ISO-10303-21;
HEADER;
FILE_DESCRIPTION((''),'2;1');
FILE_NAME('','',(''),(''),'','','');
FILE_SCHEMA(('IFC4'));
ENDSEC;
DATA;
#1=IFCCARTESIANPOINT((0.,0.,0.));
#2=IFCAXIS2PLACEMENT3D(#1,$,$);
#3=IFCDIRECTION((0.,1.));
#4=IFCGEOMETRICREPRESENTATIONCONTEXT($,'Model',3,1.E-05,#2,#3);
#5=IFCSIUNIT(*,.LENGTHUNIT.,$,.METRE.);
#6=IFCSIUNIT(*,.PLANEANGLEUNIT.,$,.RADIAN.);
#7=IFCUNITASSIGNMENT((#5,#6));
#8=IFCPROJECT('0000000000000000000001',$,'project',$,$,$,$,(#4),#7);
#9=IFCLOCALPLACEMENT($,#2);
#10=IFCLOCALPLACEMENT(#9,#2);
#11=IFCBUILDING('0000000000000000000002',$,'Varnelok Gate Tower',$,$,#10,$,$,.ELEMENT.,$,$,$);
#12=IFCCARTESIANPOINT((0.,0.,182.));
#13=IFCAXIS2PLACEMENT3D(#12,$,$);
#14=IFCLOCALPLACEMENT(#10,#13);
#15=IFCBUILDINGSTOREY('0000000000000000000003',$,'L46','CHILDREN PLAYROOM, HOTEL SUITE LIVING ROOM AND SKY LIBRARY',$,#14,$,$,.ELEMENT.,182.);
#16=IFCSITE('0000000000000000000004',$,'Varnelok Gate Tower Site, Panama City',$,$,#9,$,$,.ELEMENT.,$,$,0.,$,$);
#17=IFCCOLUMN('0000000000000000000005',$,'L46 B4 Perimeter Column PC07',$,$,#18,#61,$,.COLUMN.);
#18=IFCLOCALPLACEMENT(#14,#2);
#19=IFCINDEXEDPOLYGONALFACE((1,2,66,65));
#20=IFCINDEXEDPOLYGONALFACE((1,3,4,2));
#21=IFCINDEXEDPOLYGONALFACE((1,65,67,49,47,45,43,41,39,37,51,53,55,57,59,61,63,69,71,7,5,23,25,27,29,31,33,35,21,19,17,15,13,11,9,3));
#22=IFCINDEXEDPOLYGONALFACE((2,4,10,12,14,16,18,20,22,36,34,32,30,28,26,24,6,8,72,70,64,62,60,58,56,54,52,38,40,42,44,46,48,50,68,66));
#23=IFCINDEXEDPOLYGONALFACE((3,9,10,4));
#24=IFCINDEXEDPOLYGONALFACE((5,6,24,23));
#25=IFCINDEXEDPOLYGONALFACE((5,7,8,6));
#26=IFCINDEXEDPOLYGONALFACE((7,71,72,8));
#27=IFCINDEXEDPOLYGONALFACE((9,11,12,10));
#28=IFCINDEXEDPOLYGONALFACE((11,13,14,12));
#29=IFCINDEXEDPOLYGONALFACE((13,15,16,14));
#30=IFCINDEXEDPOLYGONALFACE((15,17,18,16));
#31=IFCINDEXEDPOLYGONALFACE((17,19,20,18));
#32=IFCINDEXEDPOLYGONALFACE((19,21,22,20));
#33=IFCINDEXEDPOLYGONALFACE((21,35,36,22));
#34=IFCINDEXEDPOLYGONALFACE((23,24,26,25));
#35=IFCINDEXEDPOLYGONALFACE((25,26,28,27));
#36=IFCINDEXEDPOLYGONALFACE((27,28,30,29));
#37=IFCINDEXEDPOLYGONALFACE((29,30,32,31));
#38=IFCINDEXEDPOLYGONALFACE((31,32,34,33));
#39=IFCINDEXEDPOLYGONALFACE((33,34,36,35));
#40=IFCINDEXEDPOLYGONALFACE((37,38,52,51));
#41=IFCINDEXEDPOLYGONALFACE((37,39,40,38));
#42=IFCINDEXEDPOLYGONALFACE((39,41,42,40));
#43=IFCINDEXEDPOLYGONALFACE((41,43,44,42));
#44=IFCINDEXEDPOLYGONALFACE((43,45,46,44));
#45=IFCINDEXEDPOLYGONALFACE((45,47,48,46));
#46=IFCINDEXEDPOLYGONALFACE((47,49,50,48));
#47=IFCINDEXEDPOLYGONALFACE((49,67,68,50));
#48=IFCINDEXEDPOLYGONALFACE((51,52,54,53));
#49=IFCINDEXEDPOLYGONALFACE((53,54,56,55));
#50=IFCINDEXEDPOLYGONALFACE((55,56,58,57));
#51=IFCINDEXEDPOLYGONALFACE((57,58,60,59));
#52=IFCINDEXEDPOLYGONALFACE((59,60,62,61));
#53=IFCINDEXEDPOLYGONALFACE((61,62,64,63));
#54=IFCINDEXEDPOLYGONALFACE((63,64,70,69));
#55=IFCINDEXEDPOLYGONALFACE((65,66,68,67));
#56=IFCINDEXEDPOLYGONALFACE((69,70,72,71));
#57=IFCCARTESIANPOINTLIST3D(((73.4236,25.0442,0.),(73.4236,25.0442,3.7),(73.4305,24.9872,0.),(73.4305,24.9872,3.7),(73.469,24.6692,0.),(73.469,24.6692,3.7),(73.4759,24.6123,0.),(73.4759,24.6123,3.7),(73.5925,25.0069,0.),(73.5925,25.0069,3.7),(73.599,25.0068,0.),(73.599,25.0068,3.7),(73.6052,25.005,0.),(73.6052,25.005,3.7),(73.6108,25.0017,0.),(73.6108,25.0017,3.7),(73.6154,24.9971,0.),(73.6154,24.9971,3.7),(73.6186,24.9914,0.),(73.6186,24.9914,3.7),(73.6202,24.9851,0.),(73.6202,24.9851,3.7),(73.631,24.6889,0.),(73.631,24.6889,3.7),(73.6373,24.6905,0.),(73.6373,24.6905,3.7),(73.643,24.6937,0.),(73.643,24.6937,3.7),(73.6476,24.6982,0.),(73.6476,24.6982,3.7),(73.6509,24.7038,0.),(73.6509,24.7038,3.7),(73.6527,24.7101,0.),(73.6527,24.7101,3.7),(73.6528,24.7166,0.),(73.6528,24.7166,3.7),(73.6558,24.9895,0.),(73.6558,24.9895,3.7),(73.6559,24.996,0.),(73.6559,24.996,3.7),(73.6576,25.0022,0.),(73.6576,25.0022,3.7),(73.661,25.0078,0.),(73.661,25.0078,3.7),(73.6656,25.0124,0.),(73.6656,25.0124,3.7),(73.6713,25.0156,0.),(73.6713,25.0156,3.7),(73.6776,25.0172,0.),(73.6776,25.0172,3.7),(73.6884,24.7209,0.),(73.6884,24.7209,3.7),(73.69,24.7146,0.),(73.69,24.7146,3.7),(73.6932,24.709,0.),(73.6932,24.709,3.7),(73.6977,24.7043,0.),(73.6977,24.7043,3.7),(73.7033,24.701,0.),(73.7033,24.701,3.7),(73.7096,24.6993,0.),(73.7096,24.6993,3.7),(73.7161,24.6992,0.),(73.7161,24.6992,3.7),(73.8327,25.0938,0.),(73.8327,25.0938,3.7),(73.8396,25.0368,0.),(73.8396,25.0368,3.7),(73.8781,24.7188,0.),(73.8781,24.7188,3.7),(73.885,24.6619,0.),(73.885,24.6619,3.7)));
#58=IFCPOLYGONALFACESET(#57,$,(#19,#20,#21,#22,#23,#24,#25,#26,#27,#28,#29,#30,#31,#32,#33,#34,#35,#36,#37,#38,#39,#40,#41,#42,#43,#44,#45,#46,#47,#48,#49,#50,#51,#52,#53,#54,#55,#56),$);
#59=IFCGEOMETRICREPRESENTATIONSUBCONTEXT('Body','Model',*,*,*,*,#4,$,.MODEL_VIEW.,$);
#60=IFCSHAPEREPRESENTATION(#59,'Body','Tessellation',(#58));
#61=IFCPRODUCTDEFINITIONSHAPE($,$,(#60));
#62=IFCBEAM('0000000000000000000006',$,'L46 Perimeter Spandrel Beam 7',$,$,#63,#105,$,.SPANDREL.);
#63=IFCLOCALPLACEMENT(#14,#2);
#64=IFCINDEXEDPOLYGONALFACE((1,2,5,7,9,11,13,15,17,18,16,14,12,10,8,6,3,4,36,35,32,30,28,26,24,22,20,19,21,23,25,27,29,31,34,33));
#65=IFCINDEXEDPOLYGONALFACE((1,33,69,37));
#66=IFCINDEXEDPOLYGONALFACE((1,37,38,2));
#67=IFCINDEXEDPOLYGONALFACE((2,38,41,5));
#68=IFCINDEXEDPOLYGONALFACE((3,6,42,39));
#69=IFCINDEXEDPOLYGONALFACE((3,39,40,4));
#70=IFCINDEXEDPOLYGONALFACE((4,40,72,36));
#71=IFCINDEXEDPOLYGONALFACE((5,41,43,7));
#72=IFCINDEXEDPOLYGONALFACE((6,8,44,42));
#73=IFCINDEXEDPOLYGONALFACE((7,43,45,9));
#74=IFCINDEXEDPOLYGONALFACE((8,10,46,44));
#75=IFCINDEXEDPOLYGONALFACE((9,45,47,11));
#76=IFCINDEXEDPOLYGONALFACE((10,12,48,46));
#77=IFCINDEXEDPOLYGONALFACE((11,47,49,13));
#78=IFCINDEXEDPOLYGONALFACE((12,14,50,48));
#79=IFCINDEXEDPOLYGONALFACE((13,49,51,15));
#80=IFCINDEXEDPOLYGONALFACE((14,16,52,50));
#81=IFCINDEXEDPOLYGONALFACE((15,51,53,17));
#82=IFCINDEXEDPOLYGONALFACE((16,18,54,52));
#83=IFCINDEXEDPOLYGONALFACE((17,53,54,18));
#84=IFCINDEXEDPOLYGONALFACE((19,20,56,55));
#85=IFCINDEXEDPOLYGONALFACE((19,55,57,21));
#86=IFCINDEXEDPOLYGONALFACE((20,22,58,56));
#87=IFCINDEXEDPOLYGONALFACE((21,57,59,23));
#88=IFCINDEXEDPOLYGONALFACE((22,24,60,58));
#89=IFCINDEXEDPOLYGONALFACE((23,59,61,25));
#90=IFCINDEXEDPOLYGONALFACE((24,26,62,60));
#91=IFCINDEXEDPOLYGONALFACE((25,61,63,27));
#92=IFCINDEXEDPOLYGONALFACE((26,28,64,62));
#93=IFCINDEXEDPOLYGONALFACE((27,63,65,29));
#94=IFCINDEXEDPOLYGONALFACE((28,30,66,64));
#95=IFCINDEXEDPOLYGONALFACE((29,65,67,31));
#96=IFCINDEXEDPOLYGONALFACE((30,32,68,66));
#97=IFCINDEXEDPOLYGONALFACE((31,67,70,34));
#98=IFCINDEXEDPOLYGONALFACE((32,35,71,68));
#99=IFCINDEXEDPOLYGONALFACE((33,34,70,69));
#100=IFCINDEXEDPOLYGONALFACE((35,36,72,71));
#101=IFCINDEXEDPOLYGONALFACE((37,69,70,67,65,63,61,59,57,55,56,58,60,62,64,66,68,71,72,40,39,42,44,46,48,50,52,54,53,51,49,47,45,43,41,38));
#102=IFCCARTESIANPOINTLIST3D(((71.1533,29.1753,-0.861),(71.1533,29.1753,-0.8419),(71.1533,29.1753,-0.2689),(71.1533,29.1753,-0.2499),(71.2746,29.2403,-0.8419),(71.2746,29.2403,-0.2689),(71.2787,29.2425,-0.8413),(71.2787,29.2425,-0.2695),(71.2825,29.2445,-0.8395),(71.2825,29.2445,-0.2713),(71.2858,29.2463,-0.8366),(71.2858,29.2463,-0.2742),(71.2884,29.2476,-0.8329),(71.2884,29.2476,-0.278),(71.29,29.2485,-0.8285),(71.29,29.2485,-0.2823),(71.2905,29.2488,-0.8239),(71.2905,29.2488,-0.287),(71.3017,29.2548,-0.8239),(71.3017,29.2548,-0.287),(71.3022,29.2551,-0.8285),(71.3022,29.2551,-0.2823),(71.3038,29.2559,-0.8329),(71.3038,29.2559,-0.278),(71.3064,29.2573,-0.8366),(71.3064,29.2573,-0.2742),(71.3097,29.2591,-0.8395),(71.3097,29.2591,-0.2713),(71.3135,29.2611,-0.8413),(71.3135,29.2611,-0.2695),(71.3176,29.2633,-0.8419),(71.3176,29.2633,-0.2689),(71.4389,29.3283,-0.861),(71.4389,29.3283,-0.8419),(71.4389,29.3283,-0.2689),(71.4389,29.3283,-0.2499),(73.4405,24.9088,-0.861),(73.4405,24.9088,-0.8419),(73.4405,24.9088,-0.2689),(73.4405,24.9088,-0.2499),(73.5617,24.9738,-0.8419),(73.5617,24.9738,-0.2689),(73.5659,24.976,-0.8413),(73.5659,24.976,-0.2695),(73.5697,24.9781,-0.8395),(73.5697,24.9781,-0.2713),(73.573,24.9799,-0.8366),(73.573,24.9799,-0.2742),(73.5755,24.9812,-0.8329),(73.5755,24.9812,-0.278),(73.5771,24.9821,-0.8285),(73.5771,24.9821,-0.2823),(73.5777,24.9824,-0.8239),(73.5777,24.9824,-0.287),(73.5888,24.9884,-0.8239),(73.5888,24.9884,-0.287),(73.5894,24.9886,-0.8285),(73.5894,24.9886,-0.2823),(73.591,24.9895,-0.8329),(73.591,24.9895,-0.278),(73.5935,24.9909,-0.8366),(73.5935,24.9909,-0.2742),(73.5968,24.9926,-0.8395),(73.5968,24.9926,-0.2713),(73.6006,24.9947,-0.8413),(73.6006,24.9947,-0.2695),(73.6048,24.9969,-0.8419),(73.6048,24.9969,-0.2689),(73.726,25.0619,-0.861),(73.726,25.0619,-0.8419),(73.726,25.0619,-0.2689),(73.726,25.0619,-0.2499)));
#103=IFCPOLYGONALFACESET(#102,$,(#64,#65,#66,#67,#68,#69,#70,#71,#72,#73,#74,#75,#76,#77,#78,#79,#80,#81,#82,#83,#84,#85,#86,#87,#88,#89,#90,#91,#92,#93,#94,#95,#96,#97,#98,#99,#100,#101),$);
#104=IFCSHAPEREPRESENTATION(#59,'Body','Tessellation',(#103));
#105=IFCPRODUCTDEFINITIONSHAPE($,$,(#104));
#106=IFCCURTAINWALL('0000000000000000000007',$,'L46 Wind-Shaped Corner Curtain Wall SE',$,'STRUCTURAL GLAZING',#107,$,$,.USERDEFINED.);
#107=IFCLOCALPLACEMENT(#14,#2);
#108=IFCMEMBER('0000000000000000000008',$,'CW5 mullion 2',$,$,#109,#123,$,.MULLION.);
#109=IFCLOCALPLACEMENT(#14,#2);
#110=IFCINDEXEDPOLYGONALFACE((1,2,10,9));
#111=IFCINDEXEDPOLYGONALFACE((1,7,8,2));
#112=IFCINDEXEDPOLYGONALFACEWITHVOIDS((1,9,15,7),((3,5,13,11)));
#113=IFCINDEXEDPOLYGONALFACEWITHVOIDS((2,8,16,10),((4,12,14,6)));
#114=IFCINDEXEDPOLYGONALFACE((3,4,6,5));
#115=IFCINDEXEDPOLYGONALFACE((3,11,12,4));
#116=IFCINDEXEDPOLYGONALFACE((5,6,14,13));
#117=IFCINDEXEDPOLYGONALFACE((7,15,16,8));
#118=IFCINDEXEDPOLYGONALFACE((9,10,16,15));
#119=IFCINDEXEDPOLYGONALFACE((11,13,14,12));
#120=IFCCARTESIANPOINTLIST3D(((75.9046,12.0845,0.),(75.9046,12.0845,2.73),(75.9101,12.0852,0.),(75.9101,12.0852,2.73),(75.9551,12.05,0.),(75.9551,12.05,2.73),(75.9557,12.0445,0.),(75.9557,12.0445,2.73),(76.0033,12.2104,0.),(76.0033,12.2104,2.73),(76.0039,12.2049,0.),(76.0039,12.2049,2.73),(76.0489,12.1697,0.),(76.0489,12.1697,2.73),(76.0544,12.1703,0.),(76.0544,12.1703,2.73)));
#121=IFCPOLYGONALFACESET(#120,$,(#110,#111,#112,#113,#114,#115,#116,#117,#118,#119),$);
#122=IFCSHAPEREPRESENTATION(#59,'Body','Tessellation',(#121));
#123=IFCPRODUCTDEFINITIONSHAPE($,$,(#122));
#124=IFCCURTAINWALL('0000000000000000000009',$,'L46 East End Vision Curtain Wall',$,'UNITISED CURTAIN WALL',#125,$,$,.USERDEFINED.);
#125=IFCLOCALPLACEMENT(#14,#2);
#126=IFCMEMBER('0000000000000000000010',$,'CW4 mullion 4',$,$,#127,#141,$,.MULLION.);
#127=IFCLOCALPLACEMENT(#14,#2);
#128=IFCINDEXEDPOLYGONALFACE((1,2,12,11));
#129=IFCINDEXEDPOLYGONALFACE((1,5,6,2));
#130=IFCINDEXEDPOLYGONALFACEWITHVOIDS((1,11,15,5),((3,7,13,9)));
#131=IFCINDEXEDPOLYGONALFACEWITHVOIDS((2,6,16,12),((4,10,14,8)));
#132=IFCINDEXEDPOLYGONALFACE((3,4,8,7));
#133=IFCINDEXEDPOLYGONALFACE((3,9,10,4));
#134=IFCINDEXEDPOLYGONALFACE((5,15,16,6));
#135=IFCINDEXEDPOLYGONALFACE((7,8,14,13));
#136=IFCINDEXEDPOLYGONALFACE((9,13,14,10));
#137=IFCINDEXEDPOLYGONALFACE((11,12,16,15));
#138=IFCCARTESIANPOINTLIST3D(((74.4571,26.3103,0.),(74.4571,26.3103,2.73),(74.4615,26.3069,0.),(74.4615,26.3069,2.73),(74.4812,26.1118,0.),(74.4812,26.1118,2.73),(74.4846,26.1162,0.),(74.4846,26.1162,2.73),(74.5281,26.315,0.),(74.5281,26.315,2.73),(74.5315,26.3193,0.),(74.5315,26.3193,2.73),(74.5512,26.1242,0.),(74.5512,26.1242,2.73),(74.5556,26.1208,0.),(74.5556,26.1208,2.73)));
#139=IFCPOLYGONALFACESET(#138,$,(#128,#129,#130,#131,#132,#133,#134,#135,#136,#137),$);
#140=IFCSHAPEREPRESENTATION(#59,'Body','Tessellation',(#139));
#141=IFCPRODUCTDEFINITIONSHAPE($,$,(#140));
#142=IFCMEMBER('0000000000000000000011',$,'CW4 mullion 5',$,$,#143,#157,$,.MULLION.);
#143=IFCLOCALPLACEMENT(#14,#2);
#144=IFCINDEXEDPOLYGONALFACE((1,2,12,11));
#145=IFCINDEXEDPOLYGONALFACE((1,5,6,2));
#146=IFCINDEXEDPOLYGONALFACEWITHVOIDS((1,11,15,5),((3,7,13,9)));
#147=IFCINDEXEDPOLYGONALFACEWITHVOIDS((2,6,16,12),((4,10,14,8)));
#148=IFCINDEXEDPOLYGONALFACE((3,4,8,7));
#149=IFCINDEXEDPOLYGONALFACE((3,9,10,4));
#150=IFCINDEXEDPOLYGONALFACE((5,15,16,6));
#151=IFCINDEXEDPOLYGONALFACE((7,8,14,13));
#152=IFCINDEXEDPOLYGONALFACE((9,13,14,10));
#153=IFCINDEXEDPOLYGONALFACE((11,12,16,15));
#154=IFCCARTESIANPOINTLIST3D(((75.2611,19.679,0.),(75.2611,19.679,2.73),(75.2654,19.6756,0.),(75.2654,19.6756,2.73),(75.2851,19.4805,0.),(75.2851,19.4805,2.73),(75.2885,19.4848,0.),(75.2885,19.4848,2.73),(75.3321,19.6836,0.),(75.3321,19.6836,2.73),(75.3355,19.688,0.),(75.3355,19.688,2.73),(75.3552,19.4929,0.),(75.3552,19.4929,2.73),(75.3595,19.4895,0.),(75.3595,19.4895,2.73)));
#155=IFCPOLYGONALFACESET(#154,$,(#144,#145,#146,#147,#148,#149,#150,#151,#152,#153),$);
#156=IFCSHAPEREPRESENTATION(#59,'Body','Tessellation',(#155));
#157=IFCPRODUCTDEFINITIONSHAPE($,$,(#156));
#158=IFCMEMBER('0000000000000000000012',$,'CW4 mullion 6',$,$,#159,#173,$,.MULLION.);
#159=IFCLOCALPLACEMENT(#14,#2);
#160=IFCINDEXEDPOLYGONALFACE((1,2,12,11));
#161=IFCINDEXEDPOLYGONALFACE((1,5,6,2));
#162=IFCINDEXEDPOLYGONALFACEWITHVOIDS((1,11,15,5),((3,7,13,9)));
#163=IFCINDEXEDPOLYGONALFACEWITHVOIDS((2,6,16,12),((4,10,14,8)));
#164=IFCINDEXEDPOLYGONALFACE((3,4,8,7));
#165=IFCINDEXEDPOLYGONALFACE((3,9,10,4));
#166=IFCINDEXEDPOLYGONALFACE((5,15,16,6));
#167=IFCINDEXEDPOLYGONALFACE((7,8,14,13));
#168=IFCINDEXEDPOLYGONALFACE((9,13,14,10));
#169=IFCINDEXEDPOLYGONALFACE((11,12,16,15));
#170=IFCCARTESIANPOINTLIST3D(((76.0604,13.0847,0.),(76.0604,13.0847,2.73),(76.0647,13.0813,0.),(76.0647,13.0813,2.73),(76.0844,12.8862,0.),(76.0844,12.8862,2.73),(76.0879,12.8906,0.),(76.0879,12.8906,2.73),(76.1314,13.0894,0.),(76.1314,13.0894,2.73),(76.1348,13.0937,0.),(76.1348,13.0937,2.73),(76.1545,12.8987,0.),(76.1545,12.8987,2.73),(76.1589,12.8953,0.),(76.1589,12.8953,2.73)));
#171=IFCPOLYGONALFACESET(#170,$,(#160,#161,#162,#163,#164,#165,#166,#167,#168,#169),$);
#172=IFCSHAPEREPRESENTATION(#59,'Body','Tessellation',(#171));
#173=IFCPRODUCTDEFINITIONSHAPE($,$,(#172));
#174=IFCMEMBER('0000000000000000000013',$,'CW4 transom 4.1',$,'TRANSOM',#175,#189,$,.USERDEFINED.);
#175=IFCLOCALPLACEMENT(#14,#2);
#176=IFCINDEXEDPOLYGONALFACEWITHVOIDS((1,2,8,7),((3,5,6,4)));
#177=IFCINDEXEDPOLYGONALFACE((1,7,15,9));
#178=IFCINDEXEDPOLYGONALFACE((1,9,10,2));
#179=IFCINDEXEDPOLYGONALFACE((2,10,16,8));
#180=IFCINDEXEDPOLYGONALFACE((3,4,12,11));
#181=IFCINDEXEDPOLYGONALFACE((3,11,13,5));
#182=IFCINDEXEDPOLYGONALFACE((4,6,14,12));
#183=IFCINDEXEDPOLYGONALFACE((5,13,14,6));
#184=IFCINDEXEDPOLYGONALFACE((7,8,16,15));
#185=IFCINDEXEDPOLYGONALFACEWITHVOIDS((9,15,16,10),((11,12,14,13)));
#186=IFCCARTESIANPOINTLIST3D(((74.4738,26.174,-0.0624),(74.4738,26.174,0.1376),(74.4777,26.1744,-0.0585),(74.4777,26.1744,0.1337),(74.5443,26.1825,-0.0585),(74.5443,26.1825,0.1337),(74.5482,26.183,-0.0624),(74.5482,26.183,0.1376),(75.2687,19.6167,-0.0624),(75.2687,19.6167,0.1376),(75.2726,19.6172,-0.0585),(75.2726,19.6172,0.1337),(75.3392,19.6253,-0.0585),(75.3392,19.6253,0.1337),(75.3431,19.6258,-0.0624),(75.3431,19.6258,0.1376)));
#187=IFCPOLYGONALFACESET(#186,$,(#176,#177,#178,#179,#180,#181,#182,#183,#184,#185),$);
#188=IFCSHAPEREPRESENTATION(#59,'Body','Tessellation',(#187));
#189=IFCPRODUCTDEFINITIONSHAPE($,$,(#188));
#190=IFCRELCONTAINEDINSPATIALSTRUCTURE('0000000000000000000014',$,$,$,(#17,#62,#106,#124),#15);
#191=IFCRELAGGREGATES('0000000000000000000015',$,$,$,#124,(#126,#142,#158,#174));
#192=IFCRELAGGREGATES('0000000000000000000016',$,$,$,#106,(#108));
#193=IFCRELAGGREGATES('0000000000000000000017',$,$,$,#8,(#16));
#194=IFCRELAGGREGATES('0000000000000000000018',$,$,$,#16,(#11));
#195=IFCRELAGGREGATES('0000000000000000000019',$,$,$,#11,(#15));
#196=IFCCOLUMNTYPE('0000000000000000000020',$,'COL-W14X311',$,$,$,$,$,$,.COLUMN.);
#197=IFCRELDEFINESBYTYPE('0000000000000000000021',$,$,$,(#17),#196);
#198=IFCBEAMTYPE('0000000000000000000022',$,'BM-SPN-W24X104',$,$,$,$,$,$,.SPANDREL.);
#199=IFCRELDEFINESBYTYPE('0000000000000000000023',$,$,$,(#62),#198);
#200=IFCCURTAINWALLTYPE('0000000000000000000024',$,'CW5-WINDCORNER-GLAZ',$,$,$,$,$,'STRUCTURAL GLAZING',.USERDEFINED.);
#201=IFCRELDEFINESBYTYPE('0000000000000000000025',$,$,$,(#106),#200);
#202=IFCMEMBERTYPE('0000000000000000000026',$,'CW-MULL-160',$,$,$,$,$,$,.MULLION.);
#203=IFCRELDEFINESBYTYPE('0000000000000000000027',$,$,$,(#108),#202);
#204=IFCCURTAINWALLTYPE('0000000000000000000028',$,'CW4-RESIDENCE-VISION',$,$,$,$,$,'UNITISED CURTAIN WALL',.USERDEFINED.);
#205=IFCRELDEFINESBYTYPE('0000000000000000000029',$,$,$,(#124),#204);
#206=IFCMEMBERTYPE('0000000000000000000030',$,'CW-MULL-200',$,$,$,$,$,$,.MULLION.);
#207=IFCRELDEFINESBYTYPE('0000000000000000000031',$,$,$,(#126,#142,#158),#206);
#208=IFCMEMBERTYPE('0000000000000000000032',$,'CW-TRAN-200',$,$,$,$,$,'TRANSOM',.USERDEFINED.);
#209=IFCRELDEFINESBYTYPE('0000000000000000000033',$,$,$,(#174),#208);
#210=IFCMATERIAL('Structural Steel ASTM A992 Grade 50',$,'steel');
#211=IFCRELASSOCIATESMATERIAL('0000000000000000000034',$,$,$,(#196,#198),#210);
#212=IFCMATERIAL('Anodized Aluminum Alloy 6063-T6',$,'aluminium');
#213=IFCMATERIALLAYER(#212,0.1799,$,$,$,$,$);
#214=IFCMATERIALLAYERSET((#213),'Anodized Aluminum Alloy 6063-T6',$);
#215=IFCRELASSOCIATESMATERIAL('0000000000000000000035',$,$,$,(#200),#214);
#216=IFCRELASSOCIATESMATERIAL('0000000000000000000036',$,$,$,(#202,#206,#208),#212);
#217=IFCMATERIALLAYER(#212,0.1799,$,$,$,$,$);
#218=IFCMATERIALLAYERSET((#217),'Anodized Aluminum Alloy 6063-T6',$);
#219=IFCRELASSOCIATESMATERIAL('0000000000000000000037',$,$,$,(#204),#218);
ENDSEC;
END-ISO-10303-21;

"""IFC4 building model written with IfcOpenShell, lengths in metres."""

from ifc_helpers import new_model, si_unit, direction, frame, origin, origin_2d, place, context, subcontext, project, spatial, hollow_rectangle, i_section, extrude, material, layer, layer_set, material_profile, profile_set, type_object, element, aggregate, save


model = new_model("IFC4")

# Units and contexts
model_context = context("Model", 3, precision=1e-05, world=origin(), true_north=direction((0.0, 1.0)))
body_context = subcontext(model_context, "Body", "Model", "MODEL_VIEW")
ifc_project = project(units=[si_unit("LENGTHUNIT", "METRE"), si_unit("PLANEANGLEUNIT", "RADIAN")], contexts=[model_context])

# Site, building, storey
site_placement = place(None, origin())
site = spatial("IfcSite", under=ifc_project, at=site_placement, Name="Varnelok Gate Tower Site, Panama City", CompositionType="ELEMENT", RefElevation=0.0)
building_placement = place(site_placement, origin())
building = spatial("IfcBuilding", under=site, at=building_placement, Name="Varnelok Gate Tower", CompositionType="ELEMENT")
storey_placement = place(building_placement, frame((0.0, 0.0, 182.0)))
storey = spatial("IfcBuildingStorey", under=building, at=storey_placement, Name="L46", Description="CHILDREN PLAYROOM, HOTEL SUITE LIVING ROOM AND SKY LIBRARY", CompositionType="ELEMENT", Elevation=182.0)

# Column
ifc_material_1 = material(Name="Structural Steel ASTM A992 Grade 50", Category="steel")
ifc_material_profile_1 = material_profile(ifc_material_1, i_section(OverallWidth=0.4121, OverallDepth=0.4351, WebThickness=0.0359, FlangeThickness=0.0574, FilletRadius=0.0249, at=origin_2d()), Name="W14X311")
ifc_profile_set_1 = profile_set([ifc_material_profile_1], Name="Structural Steel ASTM A992 Grade 50")
column_type = type_object("IfcColumnType", Name="COL-W14X311", PredefinedType="COLUMN", material=ifc_profile_set_1)
column_placement = place(storey_placement, frame((73.6543, 24.853, 0.0), z_axis=(0.0, 0.0, 1.0), x_axis=(0.992732, 0.120345, 0.0)))
element("IfcColumn", 1, at=column_placement, inside=storey, type_object=column_type, Name="L46 B4 Perimeter Column PC07", PredefinedType="COLUMN", context=body_context, shape_type="SweptSolid", body=[
    extrude(i_section(OverallWidth=0.4121, OverallDepth=0.4351, WebThickness=0.0359, FlangeThickness=0.0574, FilletRadius=0.0249, at=origin_2d()), origin(), (0.0, 0.0, 1.0), 3.7),
])

# Beam
ifc_material_profile_2 = material_profile(ifc_material_1, i_section(OverallWidth=0.324, OverallDepth=0.6111, WebThickness=0.0127, FlangeThickness=0.019, FilletRadius=0.0181, at=origin_2d()), Name="W24X104")
ifc_profile_set_2 = profile_set([ifc_material_profile_2], Name="Structural Steel ASTM A992 Grade 50")
beam_type = type_object("IfcBeamType", Name="BM-SPN-W24X104", PredefinedType="SPANDREL", material=ifc_profile_set_2)
beam_placement = place(storey_placement, frame((73.5833, 24.9854, -0.5554), z_axis=(-0.472472, 0.881346, 0.0), x_axis=(-0.881346, -0.472472, 0.0)))
element("IfcBeam", 2, at=beam_placement, inside=storey, type_object=beam_type, Name="L46 Perimeter Spandrel Beam 7", PredefinedType="SPANDREL", context=body_context, shape_type="SweptSolid", body=[
    extrude(i_section(OverallWidth=0.324, OverallDepth=0.6111, WebThickness=0.0127, FlangeThickness=0.019, FilletRadius=0.0181, at=origin_2d()), origin(), (0.0, 0.0, 1.0), 4.8408),
])

# Curtain wall, member
ifc_material_2 = material(Name="Anodized Aluminum Alloy 6063-T6", Category="aluminium")
ifc_layer_1 = layer(ifc_material_2, 0.1799)
ifc_layer_set_1 = layer_set([ifc_layer_1], Name="Anodized Aluminum Alloy 6063-T6")
curtain_wall_type_1 = type_object("IfcCurtainWallType", Name="CW5-WINDCORNER-GLAZ", ElementType="STRUCTURAL GLAZING", PredefinedType="USERDEFINED", material=ifc_layer_set_1)
curtain_wall_1_placement = place(storey_placement, origin())
curtain_wall_1 = element("IfcCurtainWall", 3, at=curtain_wall_1_placement, inside=storey, type_object=curtain_wall_type_1, Name="L46 Wind-Shaped Corner Curtain Wall SE", ObjectType="STRUCTURAL GLAZING", PredefinedType="USERDEFINED")
ifc_material_profile_3 = material_profile(ifc_material_2, hollow_rectangle(XDim=0.0649, YDim=0.1599, WallThickness=0.0039, at=origin_2d()), Name="ALU160X65X4")
ifc_profile_set_3 = profile_set([ifc_material_profile_3], Name="Anodized Aluminum Alloy 6063-T6")
member_type_1 = type_object("IfcMemberType", Name="CW-MULL-160", PredefinedType="MULLION", material=ifc_profile_set_3)
member_1_placement = place(storey_placement, frame((75.9795, 12.1274, 0.0), z_axis=(0.0, 0.0, 1.0), x_axis=(-0.787064, 0.616871, 0.0)))
member_1 = element("IfcMember", 4, at=member_1_placement, type_object=member_type_1, Name="CW5 mullion 2", PredefinedType="MULLION", context=body_context, shape_type="SweptSolid", body=[
    extrude(hollow_rectangle(XDim=0.0649, YDim=0.1599, WallThickness=0.0039, at=origin_2d()), origin(), (0.0, 0.0, 1.0), 2.73),
])

# Curtain wall, members
ifc_layer_2 = layer(ifc_material_2, 0.1799)
ifc_layer_set_2 = layer_set([ifc_layer_2], Name="Anodized Aluminum Alloy 6063-T6")
curtain_wall_type_2 = type_object("IfcCurtainWallType", Name="CW4-RESIDENCE-VISION", ElementType="UNITISED CURTAIN WALL", PredefinedType="USERDEFINED", material=ifc_layer_set_2)
curtain_wall_2_placement = place(storey_placement, origin())
curtain_wall_2 = element("IfcCurtainWall", 5, at=curtain_wall_2_placement, inside=storey, type_object=curtain_wall_type_2, Name="L46 East End Vision Curtain Wall", ObjectType="UNITISED CURTAIN WALL", PredefinedType="USERDEFINED")
ifc_material_profile_4 = material_profile(ifc_material_2, hollow_rectangle(XDim=0.075, YDim=0.2, WallThickness=0.0039, at=origin_2d()), Name="ALU200X75X4")
ifc_profile_set_4 = profile_set([ifc_material_profile_4], Name="Anodized Aluminum Alloy 6063-T6")
member_type_2 = type_object("IfcMemberType", Name="CW-MULL-200", PredefinedType="MULLION", material=ifc_profile_set_4)
member_2_placement = place(storey_placement, frame((74.5063, 26.2156, 0.0), z_axis=(0.0, 0.0, 1.0), x_axis=(0.992732, 0.120345, 0.0)))
member_2 = element("IfcMember", 6, at=member_2_placement, type_object=member_type_2, Name="CW4 mullion 4", PredefinedType="MULLION", context=body_context, shape_type="SweptSolid", body=[
    extrude(hollow_rectangle(XDim=0.075, YDim=0.2, WallThickness=0.0039, at=origin_2d()), origin(), (0.0, 0.0, 1.0), 2.73),
])
member_3_placement = place(storey_placement, frame((75.3103, 19.5842, 0.0), z_axis=(0.0, 0.0, 1.0), x_axis=(0.992732, 0.120345, 0.0)))
member_3 = element("IfcMember", 7, at=member_3_placement, type_object=member_type_2, Name="CW4 mullion 5", PredefinedType="MULLION", context=body_context, shape_type="SweptSolid", body=[
    extrude(hollow_rectangle(XDim=0.075, YDim=0.2, WallThickness=0.0039, at=origin_2d()), origin(), (0.0, 0.0, 1.0), 2.73),
])
member_4_placement = place(storey_placement, frame((76.1096, 12.99, 0.0), z_axis=(0.0, 0.0, 1.0), x_axis=(0.992732, 0.120345, 0.0)))
member_4 = element("IfcMember", 8, at=member_4_placement, type_object=member_type_2, Name="CW4 mullion 6", PredefinedType="MULLION", context=body_context, shape_type="SweptSolid", body=[
    extrude(hollow_rectangle(XDim=0.075, YDim=0.2, WallThickness=0.0039, at=origin_2d()), origin(), (0.0, 0.0, 1.0), 2.73),
])
ifc_material_profile_5 = material_profile(ifc_material_2, hollow_rectangle(XDim=0.075, YDim=0.2, WallThickness=0.0039, at=origin_2d()), Name="ALU200X75X4")
ifc_profile_set_5 = profile_set([ifc_material_profile_5], Name="Anodized Aluminum Alloy 6063-T6")
member_type_3 = type_object("IfcMemberType", Name="CW-TRAN-200", ElementType="TRANSOM", PredefinedType="USERDEFINED", material=ifc_profile_set_5)
member_5_placement = place(storey_placement, frame((74.511, 26.1785, 0.0376), z_axis=(0.120349, -0.992732, 0.0), x_axis=(0.992732, 0.120349, 0.0)))
member_5 = element("IfcMember", 9, at=member_5_placement, type_object=member_type_3, Name="CW4 transom 4.1", ObjectType="TRANSOM", PredefinedType="USERDEFINED", context=body_context, shape_type="SweptSolid", body=[
    extrude(hollow_rectangle(XDim=0.075, YDim=0.2, WallThickness=0.0039, at=origin_2d()), origin(), (0.0, 0.0, 1.0), 6.6052),
])
aggregate(curtain_wall_2, [member_2, member_3, member_4, member_5])

aggregate(curtain_wall_1, [member_1])

save(model, "model.ifc")
